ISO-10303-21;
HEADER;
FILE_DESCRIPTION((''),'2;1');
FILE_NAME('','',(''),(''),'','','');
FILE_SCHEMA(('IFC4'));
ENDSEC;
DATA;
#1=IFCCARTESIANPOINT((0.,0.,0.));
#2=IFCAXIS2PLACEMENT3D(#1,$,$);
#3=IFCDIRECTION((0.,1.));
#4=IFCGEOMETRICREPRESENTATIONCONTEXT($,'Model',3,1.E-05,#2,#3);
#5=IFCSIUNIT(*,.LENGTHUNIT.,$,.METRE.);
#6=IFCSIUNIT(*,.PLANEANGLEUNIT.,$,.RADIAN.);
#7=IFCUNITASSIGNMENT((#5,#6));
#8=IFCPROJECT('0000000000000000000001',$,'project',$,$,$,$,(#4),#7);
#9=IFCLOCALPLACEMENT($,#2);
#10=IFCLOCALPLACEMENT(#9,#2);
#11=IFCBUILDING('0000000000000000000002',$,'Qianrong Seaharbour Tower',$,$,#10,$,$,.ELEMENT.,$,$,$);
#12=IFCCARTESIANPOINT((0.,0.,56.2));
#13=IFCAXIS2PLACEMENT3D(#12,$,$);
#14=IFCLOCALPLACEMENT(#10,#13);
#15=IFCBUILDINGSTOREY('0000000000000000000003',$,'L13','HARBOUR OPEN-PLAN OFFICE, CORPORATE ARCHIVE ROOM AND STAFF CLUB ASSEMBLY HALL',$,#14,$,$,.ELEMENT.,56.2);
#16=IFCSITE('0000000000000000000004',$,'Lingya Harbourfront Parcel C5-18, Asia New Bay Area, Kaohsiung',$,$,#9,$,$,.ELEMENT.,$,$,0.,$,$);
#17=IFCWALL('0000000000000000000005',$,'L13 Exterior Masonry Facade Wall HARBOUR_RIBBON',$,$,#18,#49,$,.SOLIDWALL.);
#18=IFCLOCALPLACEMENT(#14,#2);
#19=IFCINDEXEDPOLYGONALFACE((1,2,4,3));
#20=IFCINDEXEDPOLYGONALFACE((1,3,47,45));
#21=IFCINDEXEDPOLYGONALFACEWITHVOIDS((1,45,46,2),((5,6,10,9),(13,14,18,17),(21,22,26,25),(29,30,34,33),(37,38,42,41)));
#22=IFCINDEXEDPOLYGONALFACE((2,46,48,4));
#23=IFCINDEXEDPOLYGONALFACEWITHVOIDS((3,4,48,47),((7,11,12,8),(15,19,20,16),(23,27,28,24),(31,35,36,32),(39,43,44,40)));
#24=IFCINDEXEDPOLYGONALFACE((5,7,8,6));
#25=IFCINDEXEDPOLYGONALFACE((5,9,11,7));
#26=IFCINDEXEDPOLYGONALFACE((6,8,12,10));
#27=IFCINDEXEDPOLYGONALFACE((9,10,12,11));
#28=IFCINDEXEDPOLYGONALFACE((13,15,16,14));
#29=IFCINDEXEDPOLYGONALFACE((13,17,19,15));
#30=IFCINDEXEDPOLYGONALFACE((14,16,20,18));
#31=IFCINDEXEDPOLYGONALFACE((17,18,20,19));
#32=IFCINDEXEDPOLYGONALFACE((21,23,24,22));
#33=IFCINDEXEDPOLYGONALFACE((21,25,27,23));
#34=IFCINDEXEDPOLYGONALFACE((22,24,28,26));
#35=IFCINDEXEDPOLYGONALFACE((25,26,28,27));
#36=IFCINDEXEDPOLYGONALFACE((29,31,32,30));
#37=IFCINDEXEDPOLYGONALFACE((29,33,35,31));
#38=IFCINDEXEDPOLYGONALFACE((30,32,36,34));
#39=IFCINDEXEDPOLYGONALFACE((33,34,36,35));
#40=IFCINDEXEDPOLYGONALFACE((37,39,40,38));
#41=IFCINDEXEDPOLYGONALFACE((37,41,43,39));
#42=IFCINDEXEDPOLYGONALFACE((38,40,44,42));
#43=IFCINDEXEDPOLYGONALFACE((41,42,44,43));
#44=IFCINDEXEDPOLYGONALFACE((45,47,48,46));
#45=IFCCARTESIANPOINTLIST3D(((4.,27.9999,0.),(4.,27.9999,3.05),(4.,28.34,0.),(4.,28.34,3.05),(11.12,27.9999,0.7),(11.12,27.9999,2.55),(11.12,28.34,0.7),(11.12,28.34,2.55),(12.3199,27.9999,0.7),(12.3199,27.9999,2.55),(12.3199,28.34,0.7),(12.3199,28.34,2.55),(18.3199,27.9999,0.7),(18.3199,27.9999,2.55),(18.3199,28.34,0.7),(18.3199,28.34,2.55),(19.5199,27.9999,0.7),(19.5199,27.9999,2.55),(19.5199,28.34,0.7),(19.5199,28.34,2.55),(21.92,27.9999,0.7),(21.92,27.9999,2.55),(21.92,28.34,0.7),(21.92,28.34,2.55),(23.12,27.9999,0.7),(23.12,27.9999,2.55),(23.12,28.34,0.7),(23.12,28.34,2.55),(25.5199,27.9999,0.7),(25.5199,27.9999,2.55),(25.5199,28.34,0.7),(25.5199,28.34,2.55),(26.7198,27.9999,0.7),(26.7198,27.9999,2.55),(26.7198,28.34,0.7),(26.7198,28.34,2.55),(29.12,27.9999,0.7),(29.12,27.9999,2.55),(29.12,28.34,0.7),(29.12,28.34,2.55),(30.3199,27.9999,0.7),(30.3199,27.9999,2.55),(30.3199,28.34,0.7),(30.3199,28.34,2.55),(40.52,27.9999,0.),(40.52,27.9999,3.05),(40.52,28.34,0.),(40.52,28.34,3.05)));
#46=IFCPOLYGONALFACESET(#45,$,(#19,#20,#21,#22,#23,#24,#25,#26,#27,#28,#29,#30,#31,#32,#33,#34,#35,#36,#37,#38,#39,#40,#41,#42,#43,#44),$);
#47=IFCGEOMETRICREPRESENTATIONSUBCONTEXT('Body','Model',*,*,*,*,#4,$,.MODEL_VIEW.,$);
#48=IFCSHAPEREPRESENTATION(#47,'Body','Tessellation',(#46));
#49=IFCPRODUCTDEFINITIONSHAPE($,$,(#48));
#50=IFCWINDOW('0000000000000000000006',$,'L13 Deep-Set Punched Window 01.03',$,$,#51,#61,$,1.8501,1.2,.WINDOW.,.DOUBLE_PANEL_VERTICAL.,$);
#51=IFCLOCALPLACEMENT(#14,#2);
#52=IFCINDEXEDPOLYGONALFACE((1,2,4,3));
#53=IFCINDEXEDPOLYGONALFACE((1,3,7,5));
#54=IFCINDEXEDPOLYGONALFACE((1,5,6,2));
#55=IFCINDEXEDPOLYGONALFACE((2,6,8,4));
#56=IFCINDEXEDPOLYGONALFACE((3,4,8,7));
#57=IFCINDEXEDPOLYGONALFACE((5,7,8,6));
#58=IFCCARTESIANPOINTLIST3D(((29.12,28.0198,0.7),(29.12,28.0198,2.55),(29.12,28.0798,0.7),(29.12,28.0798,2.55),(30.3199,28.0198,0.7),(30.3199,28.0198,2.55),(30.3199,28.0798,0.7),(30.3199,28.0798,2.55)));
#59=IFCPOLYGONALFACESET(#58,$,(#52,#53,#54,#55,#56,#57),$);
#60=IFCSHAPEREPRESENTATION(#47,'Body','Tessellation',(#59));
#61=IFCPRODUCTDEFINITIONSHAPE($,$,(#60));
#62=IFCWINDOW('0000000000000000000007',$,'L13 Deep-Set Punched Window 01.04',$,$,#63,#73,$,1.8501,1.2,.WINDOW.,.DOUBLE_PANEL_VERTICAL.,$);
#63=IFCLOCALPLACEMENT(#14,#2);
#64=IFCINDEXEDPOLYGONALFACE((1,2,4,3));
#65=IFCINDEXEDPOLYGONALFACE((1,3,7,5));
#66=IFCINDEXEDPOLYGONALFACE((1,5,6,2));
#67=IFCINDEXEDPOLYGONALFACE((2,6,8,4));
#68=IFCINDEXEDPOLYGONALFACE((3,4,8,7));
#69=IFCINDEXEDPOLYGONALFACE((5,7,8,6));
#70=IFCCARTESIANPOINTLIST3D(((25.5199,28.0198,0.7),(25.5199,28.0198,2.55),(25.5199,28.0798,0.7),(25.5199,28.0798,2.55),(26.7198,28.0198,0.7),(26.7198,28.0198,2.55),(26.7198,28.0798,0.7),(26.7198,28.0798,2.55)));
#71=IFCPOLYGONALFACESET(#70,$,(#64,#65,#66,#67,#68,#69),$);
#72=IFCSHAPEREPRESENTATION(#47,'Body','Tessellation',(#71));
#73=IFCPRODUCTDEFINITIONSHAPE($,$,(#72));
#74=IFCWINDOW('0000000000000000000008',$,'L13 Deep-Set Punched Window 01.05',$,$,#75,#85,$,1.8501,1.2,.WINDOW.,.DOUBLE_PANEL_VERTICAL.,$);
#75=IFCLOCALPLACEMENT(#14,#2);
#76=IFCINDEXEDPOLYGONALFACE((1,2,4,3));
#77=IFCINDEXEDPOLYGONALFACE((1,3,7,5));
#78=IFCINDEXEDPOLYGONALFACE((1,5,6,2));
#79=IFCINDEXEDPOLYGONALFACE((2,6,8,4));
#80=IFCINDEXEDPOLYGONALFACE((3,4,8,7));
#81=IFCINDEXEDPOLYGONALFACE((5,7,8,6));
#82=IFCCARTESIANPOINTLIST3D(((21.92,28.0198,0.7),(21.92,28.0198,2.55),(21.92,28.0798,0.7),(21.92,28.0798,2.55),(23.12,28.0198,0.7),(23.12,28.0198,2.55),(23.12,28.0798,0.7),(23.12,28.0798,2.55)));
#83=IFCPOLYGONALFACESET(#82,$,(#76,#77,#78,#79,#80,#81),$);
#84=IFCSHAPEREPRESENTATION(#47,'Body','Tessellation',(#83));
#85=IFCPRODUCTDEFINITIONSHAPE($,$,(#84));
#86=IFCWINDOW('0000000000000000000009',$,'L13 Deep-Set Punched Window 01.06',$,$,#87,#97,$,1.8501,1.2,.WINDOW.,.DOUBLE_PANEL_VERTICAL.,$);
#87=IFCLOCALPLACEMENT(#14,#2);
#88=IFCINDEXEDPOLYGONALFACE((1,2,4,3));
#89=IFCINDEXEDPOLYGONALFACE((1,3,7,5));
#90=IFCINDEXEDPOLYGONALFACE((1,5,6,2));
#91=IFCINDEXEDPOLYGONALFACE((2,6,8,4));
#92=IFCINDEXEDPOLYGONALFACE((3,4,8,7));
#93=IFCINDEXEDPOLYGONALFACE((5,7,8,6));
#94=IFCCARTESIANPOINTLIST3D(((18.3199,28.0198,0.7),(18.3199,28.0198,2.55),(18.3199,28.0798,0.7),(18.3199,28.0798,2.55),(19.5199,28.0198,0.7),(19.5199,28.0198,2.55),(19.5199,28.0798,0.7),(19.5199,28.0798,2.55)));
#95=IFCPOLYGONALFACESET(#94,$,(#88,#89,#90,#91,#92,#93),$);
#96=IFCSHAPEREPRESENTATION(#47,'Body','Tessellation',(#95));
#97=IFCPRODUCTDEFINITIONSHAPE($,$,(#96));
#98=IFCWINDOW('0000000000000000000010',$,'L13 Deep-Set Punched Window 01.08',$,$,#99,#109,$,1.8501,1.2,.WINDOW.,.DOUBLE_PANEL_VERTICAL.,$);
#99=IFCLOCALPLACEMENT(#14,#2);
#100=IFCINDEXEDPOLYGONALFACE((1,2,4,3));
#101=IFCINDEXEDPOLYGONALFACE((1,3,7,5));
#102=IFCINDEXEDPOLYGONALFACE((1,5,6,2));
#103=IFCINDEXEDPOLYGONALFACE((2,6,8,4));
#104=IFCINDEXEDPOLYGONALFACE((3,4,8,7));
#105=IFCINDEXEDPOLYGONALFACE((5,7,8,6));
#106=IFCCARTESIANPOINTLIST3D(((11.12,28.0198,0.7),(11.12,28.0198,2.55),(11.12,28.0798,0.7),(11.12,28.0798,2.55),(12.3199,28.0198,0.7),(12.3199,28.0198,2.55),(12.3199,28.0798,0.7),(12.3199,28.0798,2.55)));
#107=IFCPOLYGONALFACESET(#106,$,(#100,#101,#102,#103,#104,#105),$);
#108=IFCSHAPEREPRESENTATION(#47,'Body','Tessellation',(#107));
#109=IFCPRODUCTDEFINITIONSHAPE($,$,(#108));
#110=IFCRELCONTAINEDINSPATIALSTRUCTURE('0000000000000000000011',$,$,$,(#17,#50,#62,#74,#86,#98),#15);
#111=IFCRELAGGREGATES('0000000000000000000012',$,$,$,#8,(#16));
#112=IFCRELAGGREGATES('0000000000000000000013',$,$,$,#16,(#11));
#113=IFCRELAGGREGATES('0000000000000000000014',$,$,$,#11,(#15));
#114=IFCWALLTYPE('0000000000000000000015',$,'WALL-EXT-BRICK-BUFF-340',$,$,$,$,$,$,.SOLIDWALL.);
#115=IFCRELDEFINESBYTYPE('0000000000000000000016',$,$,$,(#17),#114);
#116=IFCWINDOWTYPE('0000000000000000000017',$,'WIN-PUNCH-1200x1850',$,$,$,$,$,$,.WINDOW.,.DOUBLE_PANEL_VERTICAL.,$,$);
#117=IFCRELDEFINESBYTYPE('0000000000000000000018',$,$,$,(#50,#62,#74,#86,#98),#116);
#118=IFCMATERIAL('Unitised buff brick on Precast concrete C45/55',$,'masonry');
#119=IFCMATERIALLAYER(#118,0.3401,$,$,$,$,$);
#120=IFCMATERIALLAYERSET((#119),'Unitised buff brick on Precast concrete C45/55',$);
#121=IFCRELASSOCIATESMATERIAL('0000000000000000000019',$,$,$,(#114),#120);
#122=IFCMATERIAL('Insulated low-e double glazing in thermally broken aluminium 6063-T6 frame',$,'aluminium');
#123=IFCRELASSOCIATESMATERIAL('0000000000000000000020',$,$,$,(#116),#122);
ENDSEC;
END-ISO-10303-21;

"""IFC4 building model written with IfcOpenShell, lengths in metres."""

from ifc_helpers import new_model, si_unit, direction, frame, frame_2d, origin, place, context, subcontext, project, spatial, rectangle, extrude, material, layer, layer_set, type_object, element, fill, save


model = new_model("IFC4")

# Units and contexts
model_context = context("Model", 3, precision=1e-05, world=origin(), true_north=direction((0.0, 1.0)))
body_context = subcontext(model_context, "Body", "Model", "MODEL_VIEW")
ifc_project = project(units=[si_unit("LENGTHUNIT", "METRE"), si_unit("PLANEANGLEUNIT", "RADIAN")], contexts=[model_context])

# Site, building, storey
site_placement = place(None, origin())
site = spatial("IfcSite", under=ifc_project, at=site_placement, Name="Lingya Harbourfront Parcel C5-18, Asia New Bay Area, Kaohsiung", CompositionType="ELEMENT", RefElevation=0.0)
building_placement = place(site_placement, origin())
building = spatial("IfcBuilding", under=site, at=building_placement, Name="Qianrong Seaharbour Tower", CompositionType="ELEMENT")
storey_placement = place(building_placement, frame((0.0, 0.0, 56.2)))
storey = spatial("IfcBuildingStorey", under=building, at=storey_placement, Name="L13", Description="HARBOUR OPEN-PLAN OFFICE, CORPORATE ARCHIVE ROOM AND STAFF CLUB ASSEMBLY HALL", CompositionType="ELEMENT", Elevation=56.2)

# Wall, openings, windows
ifc_material_1 = material(Name="Unitised buff brick on Precast concrete C45/55", Category="masonry")
ifc_layer_1 = layer(ifc_material_1, 0.3401)
ifc_layer_set_1 = layer_set([ifc_layer_1], Name="Unitised buff brick on Precast concrete C45/55")
wall_type_1 = type_object("IfcWallType", Name="WALL-EXT-BRICK-BUFF-340", PredefinedType="SOLIDWALL", material=ifc_layer_set_1)
wall_1_placement = place(storey_placement, frame((40.52, 28.1699, 0.0), z_axis=(0.0, 0.0, 1.0), x_axis=(-1.0, 0.0, 0.0)))
wall_1 = element("IfcWall", 1, at=wall_1_placement, inside=storey, type_object=wall_type_1, Name="L13 Exterior Masonry Facade Wall HARBOUR_RIBBON", PredefinedType="SOLIDWALL", context=body_context, shape_type="SweptSolid", body=[
    extrude(rectangle(XDim=36.52, YDim=0.3401, at=frame_2d((18.26, 0.0))), origin(), (0.0, 0.0, 1.0), 3.05),
])
opening_1_placement = place(wall_1_placement, frame((10.2, 0.0, 0.7)))
opening_1 = element("IfcOpeningElement", 2, at=opening_1_placement, cuts=wall_1, PredefinedType="OPENING", context=body_context, shape_type="SweptSolid", body=[
    extrude(rectangle(XDim=1.2, YDim=1.8501, at=frame_2d((0.6001, 0.925))), frame((0.0, 0.1802, 0.0), z_axis=(0.0, -1.0, 0.0), x_axis=(1.0, 0.0, 0.0)), (0.0, 0.0, 1.0), 0.3601),
])
opening_2_placement = place(wall_1_placement, frame((13.8, 0.0, 0.7)))
opening_2 = element("IfcOpeningElement", 3, at=opening_2_placement, cuts=wall_1, PredefinedType="OPENING", context=body_context, shape_type="SweptSolid", body=[
    extrude(rectangle(XDim=1.2, YDim=1.8501, at=frame_2d((0.6001, 0.925))), frame((0.0, 0.1802, 0.0), z_axis=(0.0, -1.0, 0.0), x_axis=(1.0, 0.0, 0.0)), (0.0, 0.0, 1.0), 0.3601),
])
opening_3_placement = place(wall_1_placement, frame((17.3999, 0.0, 0.7)))
opening_3 = element("IfcOpeningElement", 4, at=opening_3_placement, cuts=wall_1, PredefinedType="OPENING", context=body_context, shape_type="SweptSolid", body=[
    extrude(rectangle(XDim=1.2, YDim=1.8501, at=frame_2d((0.6001, 0.925))), frame((0.0, 0.1802, 0.0), z_axis=(0.0, -1.0, 0.0), x_axis=(1.0, 0.0, 0.0)), (0.0, 0.0, 1.0), 0.3601),
])
opening_4_placement = place(wall_1_placement, frame((21.0, 0.0, 0.7)))
opening_4 = element("IfcOpeningElement", 5, at=opening_4_placement, cuts=wall_1, PredefinedType="OPENING", context=body_context, shape_type="SweptSolid", body=[
    extrude(rectangle(XDim=1.2, YDim=1.8501, at=frame_2d((0.6001, 0.925))), frame((0.0, 0.1802, 0.0), z_axis=(0.0, -1.0, 0.0), x_axis=(1.0, 0.0, 0.0)), (0.0, 0.0, 1.0), 0.3601),
])
opening_5_placement = place(wall_1_placement, frame((28.2, 0.0, 0.7)))
opening_5 = element("IfcOpeningElement", 6, at=opening_5_placement, cuts=wall_1, PredefinedType="OPENING", context=body_context, shape_type="SweptSolid", body=[
    extrude(rectangle(XDim=1.2, YDim=1.8501, at=frame_2d((0.6001, 0.925))), frame((0.0, 0.1802, 0.0), z_axis=(0.0, -1.0, 0.0), x_axis=(1.0, 0.0, 0.0)), (0.0, 0.0, 1.0), 0.3601),
])
ifc_material_2 = material(Name="Insulated low-e double glazing in thermally broken aluminium 6063-T6 frame", Category="aluminium")
window_type = type_object("IfcWindowType", Name="WIN-PUNCH-1200x1850", PartitioningType="DOUBLE_PANEL_VERTICAL", PredefinedType="WINDOW", material=ifc_material_2)
window_1_placement = place(opening_1_placement, origin())
window_1 = element("IfcWindow", 7, at=window_1_placement, inside=storey, type_object=window_type, Name="L13 Deep-Set Punched Window 01.03", OverallHeight=1.8501, OverallWidth=1.2, PartitioningType="DOUBLE_PANEL_VERTICAL", PredefinedType="WINDOW", context=body_context, shape_type="SweptSolid", body=[
    extrude(rectangle(XDim=1.2, YDim=1.8501, at=frame_2d((0.6001, 0.925))), frame((0.0, 0.1501, 0.0), z_axis=(0.0, -1.0, 0.0), x_axis=(1.0, 0.0, 0.0)), (0.0, 0.0, 1.0), 0.0601),
])
fill(opening_1, window_1)
window_2_placement = place(opening_2_placement, origin())
window_2 = element("IfcWindow", 8, at=window_2_placement, inside=storey, type_object=window_type, Name="L13 Deep-Set Punched Window 01.04", OverallHeight=1.8501, OverallWidth=1.2, PartitioningType="DOUBLE_PANEL_VERTICAL", PredefinedType="WINDOW", context=body_context, shape_type="SweptSolid", body=[
    extrude(rectangle(XDim=1.2, YDim=1.8501, at=frame_2d((0.6001, 0.925))), frame((0.0, 0.1501, 0.0), z_axis=(0.0, -1.0, 0.0), x_axis=(1.0, 0.0, 0.0)), (0.0, 0.0, 1.0), 0.0601),
])
fill(opening_2, window_2)
window_3_placement = place(opening_3_placement, origin())
window_3 = element("IfcWindow", 9, at=window_3_placement, inside=storey, type_object=window_type, Name="L13 Deep-Set Punched Window 01.05", OverallHeight=1.8501, OverallWidth=1.2, PartitioningType="DOUBLE_PANEL_VERTICAL", PredefinedType="WINDOW", context=body_context, shape_type="SweptSolid", body=[
    extrude(rectangle(XDim=1.2, YDim=1.8501, at=frame_2d((0.6001, 0.925))), frame((0.0, 0.1501, 0.0), z_axis=(0.0, -1.0, 0.0), x_axis=(1.0, 0.0, 0.0)), (0.0, 0.0, 1.0), 0.0601),
])
fill(opening_3, window_3)
window_4_placement = place(opening_4_placement, origin())
window_4 = element("IfcWindow", 10, at=window_4_placement, inside=storey, type_object=window_type, Name="L13 Deep-Set Punched Window 01.06", OverallHeight=1.8501, OverallWidth=1.2, PartitioningType="DOUBLE_PANEL_VERTICAL", PredefinedType="WINDOW", context=body_context, shape_type="SweptSolid", body=[
    extrude(rectangle(XDim=1.2, YDim=1.8501, at=frame_2d((0.6001, 0.925))), frame((0.0, 0.1501, 0.0), z_axis=(0.0, -1.0, 0.0), x_axis=(1.0, 0.0, 0.0)), (0.0, 0.0, 1.0), 0.0601),
])
fill(opening_4, window_4)
window_5_placement = place(opening_5_placement, origin())
window_5 = element("IfcWindow", 11, at=window_5_placement, inside=storey, type_object=window_type, Name="L13 Deep-Set Punched Window 01.08", OverallHeight=1.8501, OverallWidth=1.2, PartitioningType="DOUBLE_PANEL_VERTICAL", PredefinedType="WINDOW", context=body_context, shape_type="SweptSolid", body=[
    extrude(rectangle(XDim=1.2, YDim=1.8501, at=frame_2d((0.6001, 0.925))), frame((0.0, 0.1501, 0.0), z_axis=(0.0, -1.0, 0.0), x_axis=(1.0, 0.0, 0.0)), (0.0, 0.0, 1.0), 0.0601),
])
fill(opening_5, window_5)

save(model, "model.ifc")
